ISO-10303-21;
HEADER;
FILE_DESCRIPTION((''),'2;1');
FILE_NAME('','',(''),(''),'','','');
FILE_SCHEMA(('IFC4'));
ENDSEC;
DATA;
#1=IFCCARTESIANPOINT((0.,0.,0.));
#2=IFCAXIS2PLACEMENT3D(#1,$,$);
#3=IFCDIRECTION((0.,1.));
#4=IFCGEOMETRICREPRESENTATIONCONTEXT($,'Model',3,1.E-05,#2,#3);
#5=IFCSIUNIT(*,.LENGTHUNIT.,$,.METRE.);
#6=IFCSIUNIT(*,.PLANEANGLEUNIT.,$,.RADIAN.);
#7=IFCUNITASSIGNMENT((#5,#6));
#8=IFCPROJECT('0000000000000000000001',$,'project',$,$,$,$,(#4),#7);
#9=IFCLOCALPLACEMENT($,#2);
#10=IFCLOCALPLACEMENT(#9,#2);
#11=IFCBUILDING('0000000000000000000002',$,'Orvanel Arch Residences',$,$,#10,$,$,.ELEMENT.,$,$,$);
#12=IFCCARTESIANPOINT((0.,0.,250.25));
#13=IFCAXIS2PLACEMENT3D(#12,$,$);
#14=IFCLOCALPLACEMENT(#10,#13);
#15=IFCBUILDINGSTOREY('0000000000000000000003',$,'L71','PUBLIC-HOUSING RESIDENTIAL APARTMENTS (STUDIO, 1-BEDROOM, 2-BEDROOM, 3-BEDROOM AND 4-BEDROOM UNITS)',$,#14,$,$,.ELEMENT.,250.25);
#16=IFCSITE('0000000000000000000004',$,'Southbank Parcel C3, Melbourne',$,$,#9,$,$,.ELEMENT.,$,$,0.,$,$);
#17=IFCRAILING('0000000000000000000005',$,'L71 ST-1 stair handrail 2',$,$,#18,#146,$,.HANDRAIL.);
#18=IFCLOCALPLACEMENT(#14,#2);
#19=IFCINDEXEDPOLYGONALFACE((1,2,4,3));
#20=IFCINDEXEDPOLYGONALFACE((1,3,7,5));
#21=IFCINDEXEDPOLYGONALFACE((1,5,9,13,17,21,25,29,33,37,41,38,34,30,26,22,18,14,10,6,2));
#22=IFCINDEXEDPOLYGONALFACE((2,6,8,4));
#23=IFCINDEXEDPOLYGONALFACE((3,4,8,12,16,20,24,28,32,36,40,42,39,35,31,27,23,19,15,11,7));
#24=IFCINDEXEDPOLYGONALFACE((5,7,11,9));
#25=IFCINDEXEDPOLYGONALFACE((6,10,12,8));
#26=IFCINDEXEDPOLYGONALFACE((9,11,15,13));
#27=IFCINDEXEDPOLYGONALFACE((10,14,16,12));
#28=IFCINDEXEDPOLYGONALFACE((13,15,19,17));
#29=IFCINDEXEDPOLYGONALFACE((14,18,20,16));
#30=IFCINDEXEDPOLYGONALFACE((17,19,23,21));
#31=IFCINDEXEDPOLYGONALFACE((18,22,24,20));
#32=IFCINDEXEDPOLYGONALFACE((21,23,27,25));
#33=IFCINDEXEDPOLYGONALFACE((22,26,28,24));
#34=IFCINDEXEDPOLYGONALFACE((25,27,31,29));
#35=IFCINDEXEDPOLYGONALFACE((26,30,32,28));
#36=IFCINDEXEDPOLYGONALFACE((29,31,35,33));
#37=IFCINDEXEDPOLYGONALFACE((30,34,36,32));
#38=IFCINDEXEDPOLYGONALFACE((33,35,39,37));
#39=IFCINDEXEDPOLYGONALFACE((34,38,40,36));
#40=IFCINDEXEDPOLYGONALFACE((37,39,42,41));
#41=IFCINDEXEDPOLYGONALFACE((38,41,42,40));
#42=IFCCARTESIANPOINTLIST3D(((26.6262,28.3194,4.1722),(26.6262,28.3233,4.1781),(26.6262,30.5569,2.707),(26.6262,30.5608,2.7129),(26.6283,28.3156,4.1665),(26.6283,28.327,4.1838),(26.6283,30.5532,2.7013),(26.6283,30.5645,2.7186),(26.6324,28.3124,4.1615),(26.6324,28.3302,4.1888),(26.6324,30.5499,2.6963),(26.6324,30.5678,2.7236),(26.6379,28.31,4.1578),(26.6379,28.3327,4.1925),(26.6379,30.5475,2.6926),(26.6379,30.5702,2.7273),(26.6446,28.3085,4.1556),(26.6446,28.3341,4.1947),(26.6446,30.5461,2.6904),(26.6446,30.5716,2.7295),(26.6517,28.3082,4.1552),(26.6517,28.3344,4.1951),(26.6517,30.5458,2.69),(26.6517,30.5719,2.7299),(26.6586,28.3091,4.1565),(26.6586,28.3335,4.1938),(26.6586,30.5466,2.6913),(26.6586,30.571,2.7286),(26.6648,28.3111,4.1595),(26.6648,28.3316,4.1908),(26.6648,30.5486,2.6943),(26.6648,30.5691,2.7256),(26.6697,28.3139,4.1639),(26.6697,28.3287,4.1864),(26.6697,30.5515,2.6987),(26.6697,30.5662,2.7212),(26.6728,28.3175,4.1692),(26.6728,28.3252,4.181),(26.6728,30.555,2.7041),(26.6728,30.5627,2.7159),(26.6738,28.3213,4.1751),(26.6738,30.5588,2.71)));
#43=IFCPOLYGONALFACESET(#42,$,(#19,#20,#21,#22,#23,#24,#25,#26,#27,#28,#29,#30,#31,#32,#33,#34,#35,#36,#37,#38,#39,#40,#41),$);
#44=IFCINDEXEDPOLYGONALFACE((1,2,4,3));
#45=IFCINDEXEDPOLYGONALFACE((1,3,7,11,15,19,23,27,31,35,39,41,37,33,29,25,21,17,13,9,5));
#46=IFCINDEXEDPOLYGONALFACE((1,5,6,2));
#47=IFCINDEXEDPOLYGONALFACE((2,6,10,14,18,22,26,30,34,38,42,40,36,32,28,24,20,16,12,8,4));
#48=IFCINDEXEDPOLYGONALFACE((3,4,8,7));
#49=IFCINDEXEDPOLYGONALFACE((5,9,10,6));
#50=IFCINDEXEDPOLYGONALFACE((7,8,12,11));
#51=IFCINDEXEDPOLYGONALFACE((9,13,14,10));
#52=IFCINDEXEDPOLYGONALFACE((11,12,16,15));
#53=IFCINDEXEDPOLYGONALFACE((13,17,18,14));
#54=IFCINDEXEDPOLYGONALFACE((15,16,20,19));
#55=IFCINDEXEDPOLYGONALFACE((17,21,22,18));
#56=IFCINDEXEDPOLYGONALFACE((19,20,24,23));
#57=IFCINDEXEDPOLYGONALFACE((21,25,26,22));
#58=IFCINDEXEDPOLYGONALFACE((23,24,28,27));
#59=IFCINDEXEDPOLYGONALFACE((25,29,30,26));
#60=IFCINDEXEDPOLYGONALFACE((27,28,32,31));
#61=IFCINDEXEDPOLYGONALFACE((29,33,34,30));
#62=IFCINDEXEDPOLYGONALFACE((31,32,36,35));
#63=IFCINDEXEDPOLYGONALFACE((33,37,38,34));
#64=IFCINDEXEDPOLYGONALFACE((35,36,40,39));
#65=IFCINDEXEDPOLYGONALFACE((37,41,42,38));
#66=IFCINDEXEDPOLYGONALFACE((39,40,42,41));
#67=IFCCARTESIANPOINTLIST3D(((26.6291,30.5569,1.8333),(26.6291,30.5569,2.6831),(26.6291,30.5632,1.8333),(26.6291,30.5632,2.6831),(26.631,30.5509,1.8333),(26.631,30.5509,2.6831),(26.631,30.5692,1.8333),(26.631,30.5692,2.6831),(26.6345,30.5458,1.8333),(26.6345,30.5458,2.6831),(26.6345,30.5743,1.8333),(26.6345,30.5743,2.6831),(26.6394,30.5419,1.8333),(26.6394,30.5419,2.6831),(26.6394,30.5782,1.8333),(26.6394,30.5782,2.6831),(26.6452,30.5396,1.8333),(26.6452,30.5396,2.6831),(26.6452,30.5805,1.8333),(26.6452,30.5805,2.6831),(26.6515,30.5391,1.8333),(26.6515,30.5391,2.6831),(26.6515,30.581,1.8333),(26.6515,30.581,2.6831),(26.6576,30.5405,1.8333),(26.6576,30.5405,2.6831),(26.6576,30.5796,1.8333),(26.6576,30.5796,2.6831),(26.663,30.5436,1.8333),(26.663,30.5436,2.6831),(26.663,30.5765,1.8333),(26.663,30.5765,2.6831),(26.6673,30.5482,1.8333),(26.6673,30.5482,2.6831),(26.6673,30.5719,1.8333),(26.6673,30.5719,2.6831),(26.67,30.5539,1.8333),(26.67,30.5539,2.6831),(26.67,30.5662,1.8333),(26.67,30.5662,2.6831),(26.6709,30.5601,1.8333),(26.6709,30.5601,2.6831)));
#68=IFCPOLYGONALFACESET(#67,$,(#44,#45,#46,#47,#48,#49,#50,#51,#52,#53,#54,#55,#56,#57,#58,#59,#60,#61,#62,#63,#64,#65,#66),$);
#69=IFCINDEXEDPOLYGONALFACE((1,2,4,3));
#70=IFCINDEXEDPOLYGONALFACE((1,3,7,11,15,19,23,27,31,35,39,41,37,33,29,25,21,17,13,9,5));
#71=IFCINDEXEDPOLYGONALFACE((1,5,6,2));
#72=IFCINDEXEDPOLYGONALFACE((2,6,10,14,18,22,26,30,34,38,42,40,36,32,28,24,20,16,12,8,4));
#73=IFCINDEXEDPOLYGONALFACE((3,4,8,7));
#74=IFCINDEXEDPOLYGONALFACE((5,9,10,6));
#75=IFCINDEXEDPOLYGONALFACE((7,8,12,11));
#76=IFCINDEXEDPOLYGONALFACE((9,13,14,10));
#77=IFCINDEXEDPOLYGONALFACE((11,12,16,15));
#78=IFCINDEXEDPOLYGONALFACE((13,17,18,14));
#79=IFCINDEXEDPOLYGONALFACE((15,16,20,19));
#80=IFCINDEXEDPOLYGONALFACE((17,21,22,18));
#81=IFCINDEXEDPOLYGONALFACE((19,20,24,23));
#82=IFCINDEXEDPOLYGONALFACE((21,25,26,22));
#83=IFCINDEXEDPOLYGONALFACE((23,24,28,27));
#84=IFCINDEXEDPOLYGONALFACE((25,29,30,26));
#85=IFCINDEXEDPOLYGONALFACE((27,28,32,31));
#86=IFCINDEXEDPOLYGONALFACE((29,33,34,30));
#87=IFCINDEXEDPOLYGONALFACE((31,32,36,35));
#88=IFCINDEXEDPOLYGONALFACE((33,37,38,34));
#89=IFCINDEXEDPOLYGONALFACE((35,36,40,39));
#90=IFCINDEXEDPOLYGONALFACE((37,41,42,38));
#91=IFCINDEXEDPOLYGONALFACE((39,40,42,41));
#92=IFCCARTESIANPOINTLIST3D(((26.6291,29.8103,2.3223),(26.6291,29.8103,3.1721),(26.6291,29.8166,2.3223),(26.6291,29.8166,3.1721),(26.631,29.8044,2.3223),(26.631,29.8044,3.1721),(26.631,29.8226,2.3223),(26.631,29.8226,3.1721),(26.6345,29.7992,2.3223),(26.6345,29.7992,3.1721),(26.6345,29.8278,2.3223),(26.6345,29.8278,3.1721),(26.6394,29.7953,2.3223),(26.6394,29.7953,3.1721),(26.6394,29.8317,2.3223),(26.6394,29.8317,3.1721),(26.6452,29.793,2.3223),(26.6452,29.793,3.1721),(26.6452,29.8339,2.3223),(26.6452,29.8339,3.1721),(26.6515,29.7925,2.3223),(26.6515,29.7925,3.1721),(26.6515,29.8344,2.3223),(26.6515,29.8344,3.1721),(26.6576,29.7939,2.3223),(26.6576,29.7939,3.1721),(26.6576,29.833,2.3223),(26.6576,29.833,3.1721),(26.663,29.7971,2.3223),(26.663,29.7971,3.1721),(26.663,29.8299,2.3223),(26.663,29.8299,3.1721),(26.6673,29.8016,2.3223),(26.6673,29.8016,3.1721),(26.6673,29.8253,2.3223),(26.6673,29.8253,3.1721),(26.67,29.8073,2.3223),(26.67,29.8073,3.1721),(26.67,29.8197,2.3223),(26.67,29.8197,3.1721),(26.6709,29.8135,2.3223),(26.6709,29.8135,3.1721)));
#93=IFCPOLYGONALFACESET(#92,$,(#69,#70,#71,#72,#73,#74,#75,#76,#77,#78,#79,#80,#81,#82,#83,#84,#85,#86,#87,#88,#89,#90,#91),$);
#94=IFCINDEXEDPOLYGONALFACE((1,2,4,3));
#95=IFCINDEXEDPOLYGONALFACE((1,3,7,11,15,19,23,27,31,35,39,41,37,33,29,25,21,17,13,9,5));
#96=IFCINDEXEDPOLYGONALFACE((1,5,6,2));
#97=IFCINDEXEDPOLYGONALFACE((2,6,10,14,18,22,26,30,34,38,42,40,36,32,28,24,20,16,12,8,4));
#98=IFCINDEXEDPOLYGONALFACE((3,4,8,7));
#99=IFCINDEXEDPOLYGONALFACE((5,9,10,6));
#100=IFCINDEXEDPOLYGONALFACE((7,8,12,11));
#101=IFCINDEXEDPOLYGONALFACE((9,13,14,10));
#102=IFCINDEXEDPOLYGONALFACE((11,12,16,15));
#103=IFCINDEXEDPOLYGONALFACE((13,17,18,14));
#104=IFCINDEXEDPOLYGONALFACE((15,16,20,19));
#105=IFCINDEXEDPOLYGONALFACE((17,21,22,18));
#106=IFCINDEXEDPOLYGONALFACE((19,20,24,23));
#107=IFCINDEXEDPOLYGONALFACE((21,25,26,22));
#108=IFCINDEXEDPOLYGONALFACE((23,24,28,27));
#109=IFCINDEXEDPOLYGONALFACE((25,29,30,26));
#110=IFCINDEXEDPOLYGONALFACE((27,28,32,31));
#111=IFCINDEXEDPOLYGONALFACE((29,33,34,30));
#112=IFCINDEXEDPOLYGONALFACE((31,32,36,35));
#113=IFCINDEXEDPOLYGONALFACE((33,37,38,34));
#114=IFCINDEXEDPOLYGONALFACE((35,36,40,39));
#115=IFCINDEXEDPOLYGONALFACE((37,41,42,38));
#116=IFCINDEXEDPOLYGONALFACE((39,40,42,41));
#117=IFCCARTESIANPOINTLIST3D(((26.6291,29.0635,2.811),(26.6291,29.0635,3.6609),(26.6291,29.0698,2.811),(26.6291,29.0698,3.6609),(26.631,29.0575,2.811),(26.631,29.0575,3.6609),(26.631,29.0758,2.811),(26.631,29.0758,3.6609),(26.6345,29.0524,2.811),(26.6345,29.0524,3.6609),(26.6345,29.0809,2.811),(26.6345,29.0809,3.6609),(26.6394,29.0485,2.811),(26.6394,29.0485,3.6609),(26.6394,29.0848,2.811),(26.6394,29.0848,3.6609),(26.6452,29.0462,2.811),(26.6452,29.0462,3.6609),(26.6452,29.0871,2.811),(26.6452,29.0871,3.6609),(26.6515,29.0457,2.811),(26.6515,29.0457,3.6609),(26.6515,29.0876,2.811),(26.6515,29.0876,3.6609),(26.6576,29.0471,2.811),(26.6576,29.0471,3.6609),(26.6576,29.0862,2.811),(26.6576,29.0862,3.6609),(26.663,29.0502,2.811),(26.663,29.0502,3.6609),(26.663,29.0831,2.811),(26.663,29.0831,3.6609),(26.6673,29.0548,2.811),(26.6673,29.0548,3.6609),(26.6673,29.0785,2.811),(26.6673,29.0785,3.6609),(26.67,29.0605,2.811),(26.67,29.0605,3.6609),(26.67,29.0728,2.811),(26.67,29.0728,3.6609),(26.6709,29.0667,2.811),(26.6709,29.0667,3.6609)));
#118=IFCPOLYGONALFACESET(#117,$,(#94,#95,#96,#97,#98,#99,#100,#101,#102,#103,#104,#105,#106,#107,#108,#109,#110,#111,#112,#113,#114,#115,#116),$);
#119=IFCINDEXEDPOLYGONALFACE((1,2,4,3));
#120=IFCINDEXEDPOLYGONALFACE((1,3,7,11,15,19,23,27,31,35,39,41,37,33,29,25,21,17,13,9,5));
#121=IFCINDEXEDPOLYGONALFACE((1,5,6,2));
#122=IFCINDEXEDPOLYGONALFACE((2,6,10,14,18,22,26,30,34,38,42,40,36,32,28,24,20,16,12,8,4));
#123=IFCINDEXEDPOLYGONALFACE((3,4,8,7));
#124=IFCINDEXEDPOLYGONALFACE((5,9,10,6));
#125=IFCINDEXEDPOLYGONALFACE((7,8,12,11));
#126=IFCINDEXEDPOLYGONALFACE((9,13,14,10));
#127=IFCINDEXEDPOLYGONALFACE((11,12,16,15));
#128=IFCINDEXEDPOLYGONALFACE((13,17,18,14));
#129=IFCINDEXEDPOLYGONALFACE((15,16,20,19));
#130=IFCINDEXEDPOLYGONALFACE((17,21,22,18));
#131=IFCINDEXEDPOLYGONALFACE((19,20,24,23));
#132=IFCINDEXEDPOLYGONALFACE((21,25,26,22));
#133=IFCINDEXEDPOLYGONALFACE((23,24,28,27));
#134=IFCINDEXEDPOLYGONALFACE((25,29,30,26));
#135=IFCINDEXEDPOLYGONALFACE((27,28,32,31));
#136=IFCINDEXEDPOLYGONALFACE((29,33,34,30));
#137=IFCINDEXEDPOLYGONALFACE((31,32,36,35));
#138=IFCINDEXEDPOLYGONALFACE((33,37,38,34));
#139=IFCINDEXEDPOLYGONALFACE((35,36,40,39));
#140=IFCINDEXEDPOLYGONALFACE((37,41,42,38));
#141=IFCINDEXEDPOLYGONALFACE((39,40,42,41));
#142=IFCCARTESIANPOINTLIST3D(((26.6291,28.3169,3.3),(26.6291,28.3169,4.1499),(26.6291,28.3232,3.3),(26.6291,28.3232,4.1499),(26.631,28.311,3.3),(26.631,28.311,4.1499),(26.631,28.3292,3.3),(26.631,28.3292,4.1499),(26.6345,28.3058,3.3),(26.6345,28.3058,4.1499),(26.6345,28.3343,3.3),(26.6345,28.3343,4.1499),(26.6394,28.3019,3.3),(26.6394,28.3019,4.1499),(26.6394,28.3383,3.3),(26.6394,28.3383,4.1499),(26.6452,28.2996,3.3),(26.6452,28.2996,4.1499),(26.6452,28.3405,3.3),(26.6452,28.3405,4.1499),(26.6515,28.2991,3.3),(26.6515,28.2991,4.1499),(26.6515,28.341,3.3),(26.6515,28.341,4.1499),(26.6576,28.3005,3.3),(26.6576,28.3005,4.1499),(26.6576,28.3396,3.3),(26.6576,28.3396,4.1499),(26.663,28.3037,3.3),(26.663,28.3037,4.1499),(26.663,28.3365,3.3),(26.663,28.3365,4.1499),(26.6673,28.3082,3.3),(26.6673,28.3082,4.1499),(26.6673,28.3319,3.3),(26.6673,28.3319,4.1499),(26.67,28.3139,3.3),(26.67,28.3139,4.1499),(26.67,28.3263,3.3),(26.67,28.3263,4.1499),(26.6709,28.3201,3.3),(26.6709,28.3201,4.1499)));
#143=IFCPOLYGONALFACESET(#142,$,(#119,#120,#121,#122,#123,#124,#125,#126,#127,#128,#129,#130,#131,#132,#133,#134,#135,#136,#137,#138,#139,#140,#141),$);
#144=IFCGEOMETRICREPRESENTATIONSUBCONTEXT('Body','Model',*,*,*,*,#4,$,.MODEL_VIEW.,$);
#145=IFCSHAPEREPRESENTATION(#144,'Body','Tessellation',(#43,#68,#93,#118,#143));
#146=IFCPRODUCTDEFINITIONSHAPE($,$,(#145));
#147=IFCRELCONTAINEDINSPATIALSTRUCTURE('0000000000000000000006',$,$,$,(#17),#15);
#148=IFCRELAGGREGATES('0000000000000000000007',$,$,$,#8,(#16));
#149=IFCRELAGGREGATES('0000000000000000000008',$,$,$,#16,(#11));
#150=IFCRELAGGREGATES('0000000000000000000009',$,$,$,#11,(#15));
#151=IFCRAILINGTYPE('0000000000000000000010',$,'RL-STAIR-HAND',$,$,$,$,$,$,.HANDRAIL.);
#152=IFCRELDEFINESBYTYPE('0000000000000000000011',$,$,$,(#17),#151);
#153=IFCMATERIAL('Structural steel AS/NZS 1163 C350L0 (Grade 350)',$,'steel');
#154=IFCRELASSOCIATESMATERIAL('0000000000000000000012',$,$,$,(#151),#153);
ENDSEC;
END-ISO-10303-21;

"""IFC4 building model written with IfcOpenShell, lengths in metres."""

from ifc_helpers import new_model, si_unit, direction, frame, origin, origin_2d, place, context, subcontext, project, spatial, circle, extrude, material, type_object, element, save


model = new_model("IFC4")

# Units and contexts
model_context = context("Model", 3, precision=1e-05, world=origin(), true_north=direction((0.0, 1.0)))
body_context = subcontext(model_context, "Body", "Model", "MODEL_VIEW")
ifc_project = project(units=[si_unit("LENGTHUNIT", "METRE"), si_unit("PLANEANGLEUNIT", "RADIAN")], contexts=[model_context])

# Site, building, storey
site_placement = place(None, origin())
site = spatial("IfcSite", under=ifc_project, at=site_placement, Name="Southbank Parcel C3, Melbourne", CompositionType="ELEMENT", RefElevation=0.0)
building_placement = place(site_placement, origin())
building = spatial("IfcBuilding", under=site, at=building_placement, Name="Orvanel Arch Residences", CompositionType="ELEMENT")
storey_placement = place(building_placement, frame((0.0, 0.0, 250.25)))
storey = spatial("IfcBuildingStorey", under=building, at=storey_placement, Name="L71", Description="PUBLIC-HOUSING RESIDENTIAL APARTMENTS (STUDIO, 1-BEDROOM, 2-BEDROOM, 3-BEDROOM AND 4-BEDROOM UNITS)", CompositionType="ELEMENT", Elevation=250.25)

# Railing
ifc_material_1 = material(Name="Structural steel AS/NZS 1163 C350L0 (Grade 350)", Category="steel")
railing_type_1 = type_object("IfcRailingType", Name="RL-STAIR-HAND", PredefinedType="HANDRAIL", material=ifc_material_1)
railing_1_placement = place(storey_placement, frame((26.6499, 30.5601, 1.8333)))
element("IfcRailing", 1, at=railing_1_placement, inside=storey, type_object=railing_type_1, Name="L71 ST-1 stair handrail 2", PredefinedType="HANDRAIL", context=body_context, shape_type="SweptSolid", body=[
    extrude(circle(Radius=0.0239, at=origin_2d()), frame((0.0, -0.0012, 0.8767), z_axis=(0.0, -0.836595, 0.547822), x_axis=(1.0, 0.0, 0.0)), (0.0, 0.0, 1.0), 2.6746),
    extrude(circle(Radius=0.021, at=origin_2d()), origin(), (0.0, 0.0, 1.0), 0.8499),
    extrude(circle(Radius=0.021, at=origin_2d()), frame((0.0, -0.7466, 0.489)), (0.0, 0.0, 1.0), 0.8499),
    extrude(circle(Radius=0.021, at=origin_2d()), frame((0.0, -1.4934, 0.9778)), (0.0, 0.0, 1.0), 0.8499),
    extrude(circle(Radius=0.021, at=origin_2d()), frame((0.0, -2.24, 1.4668)), (0.0, 0.0, 1.0), 0.8499),
])

save(model, "model.ifc")
